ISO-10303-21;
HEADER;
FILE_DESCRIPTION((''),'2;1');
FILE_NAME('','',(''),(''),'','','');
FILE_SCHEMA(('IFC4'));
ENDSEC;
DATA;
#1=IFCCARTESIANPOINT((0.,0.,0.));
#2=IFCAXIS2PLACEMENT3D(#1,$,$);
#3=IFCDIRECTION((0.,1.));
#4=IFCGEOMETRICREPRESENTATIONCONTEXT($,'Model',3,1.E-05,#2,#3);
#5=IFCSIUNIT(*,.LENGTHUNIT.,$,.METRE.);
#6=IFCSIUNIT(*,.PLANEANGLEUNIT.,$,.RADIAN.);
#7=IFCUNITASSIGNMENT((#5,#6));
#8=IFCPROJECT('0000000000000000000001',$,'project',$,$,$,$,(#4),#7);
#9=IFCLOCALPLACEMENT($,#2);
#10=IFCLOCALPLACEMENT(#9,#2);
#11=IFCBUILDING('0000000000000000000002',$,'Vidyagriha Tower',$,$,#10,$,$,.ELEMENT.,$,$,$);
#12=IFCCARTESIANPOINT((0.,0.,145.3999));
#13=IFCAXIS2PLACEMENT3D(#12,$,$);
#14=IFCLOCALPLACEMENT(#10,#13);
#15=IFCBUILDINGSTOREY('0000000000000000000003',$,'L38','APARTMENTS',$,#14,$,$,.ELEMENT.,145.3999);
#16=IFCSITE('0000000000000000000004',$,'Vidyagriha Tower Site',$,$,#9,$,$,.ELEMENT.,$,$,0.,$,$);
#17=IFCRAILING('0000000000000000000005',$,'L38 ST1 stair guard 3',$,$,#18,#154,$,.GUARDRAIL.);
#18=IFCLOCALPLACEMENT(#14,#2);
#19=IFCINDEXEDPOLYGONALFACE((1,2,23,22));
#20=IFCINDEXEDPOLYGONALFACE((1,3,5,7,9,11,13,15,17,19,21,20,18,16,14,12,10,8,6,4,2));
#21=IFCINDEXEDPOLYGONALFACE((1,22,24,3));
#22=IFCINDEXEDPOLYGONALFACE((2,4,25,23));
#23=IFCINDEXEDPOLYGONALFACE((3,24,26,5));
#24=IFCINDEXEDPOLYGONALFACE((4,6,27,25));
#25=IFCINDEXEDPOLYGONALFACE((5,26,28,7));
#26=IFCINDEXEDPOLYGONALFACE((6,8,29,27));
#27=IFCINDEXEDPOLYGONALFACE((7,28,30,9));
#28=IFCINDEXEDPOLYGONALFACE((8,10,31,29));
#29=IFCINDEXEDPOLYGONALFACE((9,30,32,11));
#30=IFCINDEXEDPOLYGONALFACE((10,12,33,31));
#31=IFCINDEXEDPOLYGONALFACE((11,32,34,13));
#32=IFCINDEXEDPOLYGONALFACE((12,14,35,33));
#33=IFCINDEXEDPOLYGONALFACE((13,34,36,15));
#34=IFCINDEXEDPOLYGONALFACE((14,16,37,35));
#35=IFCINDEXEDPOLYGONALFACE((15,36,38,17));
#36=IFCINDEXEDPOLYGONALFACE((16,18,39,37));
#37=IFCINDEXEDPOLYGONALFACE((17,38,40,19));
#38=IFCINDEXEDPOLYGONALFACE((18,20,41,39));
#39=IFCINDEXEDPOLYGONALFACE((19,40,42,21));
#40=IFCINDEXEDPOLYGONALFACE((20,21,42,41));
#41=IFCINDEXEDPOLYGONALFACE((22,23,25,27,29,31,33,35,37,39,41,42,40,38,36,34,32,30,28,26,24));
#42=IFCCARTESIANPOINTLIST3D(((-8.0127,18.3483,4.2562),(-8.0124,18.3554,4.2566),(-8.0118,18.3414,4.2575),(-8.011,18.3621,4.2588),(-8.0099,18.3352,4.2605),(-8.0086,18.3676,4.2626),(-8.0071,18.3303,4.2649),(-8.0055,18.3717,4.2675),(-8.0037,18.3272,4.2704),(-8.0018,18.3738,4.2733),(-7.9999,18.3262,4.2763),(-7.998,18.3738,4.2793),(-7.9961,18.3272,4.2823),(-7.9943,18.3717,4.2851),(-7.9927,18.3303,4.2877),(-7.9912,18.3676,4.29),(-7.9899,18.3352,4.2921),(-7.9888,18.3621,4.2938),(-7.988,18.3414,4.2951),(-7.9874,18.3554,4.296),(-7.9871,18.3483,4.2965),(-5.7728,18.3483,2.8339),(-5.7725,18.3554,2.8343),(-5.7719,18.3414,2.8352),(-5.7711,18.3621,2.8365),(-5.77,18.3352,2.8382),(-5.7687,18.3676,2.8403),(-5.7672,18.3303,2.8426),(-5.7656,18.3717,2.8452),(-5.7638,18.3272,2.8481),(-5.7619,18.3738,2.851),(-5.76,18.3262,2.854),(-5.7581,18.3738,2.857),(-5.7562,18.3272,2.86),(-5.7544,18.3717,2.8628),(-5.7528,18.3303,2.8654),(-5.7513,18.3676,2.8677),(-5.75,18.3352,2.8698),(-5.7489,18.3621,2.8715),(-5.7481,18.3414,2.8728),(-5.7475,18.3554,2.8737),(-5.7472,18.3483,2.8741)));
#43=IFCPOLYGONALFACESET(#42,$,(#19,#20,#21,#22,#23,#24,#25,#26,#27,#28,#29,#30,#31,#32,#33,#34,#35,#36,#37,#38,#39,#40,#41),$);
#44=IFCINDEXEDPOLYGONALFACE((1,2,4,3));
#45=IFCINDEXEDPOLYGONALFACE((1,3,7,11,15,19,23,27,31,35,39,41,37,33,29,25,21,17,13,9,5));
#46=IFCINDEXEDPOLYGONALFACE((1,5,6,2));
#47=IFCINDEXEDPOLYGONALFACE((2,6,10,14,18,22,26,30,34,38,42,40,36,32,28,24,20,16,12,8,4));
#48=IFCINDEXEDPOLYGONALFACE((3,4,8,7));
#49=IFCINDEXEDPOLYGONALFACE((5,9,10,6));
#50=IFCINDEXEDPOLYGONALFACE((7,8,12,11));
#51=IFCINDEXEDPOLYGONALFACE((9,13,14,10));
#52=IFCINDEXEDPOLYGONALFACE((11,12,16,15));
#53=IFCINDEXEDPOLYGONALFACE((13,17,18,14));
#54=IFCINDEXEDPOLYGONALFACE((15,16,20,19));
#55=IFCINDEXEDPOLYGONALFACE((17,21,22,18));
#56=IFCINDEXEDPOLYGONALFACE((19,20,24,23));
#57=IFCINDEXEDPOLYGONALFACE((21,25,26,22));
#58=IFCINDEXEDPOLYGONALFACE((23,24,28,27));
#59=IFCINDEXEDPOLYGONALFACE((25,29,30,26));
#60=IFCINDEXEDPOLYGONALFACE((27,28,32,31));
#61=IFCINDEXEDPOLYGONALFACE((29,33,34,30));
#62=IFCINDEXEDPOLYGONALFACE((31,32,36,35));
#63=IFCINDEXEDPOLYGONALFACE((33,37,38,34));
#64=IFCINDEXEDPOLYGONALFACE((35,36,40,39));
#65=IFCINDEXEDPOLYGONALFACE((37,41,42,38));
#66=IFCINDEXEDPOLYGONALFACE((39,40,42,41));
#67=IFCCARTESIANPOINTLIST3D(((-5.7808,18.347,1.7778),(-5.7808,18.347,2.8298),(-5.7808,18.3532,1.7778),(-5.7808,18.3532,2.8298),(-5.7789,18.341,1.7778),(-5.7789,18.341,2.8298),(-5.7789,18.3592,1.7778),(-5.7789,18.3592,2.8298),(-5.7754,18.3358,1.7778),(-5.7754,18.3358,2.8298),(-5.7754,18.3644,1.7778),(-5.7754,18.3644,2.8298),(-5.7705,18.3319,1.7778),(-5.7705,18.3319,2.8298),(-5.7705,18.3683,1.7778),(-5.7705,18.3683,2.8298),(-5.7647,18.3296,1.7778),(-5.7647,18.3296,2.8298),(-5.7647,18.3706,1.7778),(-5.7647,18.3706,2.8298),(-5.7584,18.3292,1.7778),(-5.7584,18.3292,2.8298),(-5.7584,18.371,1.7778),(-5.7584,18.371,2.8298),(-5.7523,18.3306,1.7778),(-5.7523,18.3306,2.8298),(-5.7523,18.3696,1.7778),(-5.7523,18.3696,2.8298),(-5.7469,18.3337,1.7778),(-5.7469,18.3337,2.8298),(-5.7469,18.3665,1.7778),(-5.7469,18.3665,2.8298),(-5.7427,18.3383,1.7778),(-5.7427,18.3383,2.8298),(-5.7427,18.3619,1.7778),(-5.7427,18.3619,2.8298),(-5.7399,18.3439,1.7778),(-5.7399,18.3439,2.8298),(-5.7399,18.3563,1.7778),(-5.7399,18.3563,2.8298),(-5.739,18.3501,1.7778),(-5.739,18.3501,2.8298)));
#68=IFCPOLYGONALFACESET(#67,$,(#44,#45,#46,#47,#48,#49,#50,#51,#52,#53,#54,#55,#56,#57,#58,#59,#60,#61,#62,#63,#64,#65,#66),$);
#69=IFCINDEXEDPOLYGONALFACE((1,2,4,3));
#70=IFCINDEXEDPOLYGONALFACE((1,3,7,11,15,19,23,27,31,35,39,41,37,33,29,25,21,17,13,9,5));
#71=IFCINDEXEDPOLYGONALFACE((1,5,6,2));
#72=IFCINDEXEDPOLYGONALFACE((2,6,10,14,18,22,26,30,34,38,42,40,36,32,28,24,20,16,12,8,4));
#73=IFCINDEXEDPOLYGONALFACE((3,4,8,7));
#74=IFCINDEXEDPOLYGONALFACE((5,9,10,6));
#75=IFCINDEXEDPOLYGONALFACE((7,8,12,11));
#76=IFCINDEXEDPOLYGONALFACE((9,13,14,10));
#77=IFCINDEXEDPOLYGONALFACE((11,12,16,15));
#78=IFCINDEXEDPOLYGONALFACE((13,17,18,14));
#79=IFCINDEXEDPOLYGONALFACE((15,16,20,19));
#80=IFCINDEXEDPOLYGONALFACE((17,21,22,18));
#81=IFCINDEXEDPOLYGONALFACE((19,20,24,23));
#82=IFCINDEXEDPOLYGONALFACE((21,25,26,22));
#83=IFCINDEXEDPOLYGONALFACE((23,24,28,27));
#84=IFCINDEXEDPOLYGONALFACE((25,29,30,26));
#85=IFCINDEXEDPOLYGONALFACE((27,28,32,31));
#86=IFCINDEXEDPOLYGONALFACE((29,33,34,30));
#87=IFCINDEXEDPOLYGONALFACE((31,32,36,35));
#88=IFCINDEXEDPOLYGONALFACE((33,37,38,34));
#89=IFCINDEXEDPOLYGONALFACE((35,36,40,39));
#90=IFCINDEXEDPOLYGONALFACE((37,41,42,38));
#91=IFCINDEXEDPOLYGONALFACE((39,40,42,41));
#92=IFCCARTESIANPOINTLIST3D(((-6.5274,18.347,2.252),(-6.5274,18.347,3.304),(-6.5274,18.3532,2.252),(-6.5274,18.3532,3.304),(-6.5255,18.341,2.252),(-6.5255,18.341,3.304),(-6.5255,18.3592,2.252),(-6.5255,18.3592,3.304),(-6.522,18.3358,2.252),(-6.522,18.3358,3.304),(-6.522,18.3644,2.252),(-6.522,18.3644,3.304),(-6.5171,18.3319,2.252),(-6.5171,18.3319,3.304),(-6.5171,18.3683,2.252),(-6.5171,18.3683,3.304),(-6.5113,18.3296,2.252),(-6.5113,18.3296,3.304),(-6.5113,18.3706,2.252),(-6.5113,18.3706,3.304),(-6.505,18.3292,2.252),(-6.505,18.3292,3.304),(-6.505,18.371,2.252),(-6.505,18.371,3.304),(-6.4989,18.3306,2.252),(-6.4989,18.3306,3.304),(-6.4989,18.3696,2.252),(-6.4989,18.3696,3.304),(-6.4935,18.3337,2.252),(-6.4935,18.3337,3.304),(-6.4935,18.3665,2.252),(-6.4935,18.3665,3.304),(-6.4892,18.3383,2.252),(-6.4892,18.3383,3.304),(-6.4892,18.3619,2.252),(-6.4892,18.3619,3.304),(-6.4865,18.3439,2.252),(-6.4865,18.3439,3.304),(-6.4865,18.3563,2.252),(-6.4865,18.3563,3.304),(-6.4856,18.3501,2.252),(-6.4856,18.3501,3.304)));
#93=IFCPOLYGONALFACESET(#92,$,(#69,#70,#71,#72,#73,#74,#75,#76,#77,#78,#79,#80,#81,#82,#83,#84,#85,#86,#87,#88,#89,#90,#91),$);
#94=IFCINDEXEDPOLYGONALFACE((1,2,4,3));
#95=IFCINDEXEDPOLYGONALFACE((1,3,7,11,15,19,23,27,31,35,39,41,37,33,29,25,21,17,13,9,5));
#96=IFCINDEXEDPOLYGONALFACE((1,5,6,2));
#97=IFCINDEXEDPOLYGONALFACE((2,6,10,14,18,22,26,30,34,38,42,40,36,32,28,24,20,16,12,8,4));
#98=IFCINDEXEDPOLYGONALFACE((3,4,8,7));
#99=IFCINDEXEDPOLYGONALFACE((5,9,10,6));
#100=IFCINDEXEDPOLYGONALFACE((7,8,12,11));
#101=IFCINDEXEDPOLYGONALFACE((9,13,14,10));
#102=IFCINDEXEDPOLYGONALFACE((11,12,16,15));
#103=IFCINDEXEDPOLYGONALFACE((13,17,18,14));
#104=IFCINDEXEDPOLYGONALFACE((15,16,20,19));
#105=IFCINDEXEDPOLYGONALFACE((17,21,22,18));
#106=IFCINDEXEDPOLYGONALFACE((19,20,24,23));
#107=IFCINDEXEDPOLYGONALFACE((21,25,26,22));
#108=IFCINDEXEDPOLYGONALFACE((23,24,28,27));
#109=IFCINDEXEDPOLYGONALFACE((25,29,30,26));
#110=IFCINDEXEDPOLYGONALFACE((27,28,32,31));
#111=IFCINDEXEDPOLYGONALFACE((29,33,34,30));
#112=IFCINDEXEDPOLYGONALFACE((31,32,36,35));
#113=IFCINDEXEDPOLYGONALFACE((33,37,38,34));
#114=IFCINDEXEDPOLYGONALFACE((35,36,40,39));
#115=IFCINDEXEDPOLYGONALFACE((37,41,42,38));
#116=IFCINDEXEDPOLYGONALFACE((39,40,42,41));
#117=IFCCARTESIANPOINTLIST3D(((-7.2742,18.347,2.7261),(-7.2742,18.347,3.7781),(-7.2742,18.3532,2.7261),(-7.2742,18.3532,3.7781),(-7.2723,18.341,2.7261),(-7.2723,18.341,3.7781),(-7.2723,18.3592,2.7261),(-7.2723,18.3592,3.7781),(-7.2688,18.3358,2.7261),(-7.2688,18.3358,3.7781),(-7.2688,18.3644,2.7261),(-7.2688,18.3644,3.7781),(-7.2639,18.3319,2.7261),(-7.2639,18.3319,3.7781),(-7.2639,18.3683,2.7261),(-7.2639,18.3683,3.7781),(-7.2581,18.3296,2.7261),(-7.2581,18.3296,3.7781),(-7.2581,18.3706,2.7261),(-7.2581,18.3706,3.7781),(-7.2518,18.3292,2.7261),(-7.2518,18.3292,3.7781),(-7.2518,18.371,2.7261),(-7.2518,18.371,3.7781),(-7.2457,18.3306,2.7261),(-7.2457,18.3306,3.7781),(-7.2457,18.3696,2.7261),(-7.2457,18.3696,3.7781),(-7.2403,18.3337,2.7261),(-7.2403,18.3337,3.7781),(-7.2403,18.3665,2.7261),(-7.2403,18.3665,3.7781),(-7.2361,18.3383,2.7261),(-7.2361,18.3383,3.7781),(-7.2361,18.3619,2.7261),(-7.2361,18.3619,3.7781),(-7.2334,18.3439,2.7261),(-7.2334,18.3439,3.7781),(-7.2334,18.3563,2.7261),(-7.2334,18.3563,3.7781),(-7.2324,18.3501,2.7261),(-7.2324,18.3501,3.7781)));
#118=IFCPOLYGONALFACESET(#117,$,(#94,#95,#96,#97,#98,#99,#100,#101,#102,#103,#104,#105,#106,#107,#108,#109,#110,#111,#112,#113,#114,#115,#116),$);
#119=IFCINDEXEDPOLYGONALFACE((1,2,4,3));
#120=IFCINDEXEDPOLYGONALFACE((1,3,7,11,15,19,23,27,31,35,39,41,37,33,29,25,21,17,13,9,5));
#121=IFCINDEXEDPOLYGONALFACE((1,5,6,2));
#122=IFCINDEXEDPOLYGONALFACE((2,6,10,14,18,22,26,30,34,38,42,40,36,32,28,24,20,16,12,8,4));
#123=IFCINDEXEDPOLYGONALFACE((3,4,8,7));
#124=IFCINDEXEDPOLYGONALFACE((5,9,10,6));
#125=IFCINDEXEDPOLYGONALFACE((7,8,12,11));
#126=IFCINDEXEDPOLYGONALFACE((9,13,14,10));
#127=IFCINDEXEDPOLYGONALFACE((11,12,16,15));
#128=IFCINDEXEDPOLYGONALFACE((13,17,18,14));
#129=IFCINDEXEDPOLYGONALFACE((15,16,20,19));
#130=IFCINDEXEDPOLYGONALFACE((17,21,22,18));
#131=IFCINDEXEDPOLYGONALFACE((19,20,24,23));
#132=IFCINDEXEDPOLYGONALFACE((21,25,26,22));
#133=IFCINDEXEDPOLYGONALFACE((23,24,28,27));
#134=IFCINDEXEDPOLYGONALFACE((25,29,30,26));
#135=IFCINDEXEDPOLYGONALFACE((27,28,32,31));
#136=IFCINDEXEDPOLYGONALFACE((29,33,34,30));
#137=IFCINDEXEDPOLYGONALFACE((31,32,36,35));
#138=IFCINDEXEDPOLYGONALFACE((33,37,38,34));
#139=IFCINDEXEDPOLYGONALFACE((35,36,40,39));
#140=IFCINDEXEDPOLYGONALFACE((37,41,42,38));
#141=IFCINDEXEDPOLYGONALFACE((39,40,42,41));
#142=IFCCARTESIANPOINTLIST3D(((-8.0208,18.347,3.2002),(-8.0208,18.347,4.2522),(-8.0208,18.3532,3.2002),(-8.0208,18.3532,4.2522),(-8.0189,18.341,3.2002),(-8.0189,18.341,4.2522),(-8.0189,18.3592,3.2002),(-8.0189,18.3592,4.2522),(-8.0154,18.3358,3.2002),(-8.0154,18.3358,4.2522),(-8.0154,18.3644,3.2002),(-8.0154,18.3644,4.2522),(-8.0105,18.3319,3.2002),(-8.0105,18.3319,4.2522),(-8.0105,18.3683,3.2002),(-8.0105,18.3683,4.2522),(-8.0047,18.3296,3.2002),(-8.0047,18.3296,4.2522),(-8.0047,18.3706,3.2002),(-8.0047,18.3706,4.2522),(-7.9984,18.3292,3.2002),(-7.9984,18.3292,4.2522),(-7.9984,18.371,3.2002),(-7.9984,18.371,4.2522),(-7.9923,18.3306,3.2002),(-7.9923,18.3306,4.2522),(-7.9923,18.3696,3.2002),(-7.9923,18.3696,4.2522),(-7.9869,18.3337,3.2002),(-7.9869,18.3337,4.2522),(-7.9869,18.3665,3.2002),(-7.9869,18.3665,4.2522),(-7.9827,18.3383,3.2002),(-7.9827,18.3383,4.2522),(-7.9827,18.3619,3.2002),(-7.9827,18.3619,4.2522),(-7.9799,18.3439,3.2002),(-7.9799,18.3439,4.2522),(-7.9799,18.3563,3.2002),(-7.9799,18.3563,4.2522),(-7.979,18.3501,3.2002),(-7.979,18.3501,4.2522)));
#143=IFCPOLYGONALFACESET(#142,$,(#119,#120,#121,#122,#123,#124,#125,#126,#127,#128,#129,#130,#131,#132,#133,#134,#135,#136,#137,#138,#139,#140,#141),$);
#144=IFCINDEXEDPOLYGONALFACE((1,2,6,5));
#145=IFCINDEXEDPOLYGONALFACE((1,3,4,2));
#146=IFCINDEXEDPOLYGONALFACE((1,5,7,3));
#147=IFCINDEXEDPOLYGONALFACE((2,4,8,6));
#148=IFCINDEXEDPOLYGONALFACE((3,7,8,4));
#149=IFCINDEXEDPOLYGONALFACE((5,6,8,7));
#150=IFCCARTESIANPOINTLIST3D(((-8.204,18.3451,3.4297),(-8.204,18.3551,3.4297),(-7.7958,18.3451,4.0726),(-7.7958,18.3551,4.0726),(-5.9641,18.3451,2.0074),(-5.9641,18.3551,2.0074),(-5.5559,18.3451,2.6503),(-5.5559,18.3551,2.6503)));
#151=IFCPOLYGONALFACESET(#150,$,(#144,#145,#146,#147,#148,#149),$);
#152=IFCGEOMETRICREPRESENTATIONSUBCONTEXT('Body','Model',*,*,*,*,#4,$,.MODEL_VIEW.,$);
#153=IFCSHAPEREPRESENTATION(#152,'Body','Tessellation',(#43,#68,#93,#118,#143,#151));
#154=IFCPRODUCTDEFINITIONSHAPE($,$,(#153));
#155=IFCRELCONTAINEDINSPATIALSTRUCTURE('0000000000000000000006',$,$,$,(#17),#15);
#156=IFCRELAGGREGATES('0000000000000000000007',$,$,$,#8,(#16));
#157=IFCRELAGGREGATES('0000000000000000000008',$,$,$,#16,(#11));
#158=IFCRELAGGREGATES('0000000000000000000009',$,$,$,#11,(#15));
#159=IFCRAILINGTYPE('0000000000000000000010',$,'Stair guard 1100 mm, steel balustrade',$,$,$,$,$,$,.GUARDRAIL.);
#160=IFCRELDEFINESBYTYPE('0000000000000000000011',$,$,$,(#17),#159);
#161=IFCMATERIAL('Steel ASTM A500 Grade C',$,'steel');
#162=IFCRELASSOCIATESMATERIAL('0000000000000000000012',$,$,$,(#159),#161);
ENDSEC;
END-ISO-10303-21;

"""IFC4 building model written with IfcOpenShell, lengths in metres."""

from ifc_helpers import new_model, si_unit, direction, frame, origin, origin_2d, place, context, subcontext, project, spatial, rectangle, circle, extrude, material, type_object, element, save


model = new_model("IFC4")

# Units and contexts
model_context = context("Model", 3, precision=1e-05, world=origin(), true_north=direction((0.0, 1.0)))
body_context = subcontext(model_context, "Body", "Model", "MODEL_VIEW")
ifc_project = project(units=[si_unit("LENGTHUNIT", "METRE"), si_unit("PLANEANGLEUNIT", "RADIAN")], contexts=[model_context])

# Site, building, storey
site_placement = place(None, origin())
site = spatial("IfcSite", under=ifc_project, at=site_placement, Name="Vidyagriha Tower Site", CompositionType="ELEMENT", RefElevation=0.0)
building_placement = place(site_placement, origin())
building = spatial("IfcBuilding", under=site, at=building_placement, Name="Vidyagriha Tower", CompositionType="ELEMENT")
storey_placement = place(building_placement, frame((0.0, 0.0, 145.3999)))
storey = spatial("IfcBuildingStorey", under=building, at=storey_placement, Name="L38", Description="APARTMENTS", CompositionType="ELEMENT", Elevation=145.3999)

# Railing
ifc_material_1 = material(Name="Steel ASTM A500 Grade C", Category="steel")
railing_type_1 = type_object("IfcRailingType", Name="Stair guard 1100 mm, steel balustrade", PredefinedType="GUARDRAIL", material=ifc_material_1)
railing_1_placement = place(storey_placement, frame((-5.76, 18.3501, 1.7778)))
element("IfcRailing", 1, at=railing_1_placement, inside=storey, type_object=railing_type_1, Name="L38 ST1 stair guard 3", PredefinedType="GUARDRAIL", context=body_context, shape_type="SweptSolid", body=[
    extrude(circle(Radius=0.0239, at=origin_2d()), frame((0.0, 0.0, 1.0762), z_axis=(-0.844188, 0.0, 0.536048), x_axis=(0.0, -1.0, 0.0)), (0.0, 0.0, 1.0), 2.6533),
    extrude(circle(Radius=0.021, at=origin_2d()), origin(), (0.0, 0.0, 1.0), 1.052),
    extrude(circle(Radius=0.021, at=origin_2d()), frame((-0.7466, 0.0, 0.4741)), (0.0, 0.0, 1.0), 1.052),
    extrude(circle(Radius=0.021, at=origin_2d()), frame((-1.4934, 0.0, 0.9482)), (0.0, 0.0, 1.0), 1.052),
    extrude(circle(Radius=0.021, at=origin_2d()), frame((-2.24, 0.0, 1.4224)), (0.0, 0.0, 1.0), 1.052),
    extrude(rectangle(XDim=0.01, YDim=0.7615, at=origin_2d()), frame((0.0, 0.0, 0.551), z_axis=(-0.844188, 0.0, 0.536048), x_axis=(0.0, -1.0, 0.0)), (0.0, 0.0, 1.0), 2.6533),
])

save(model, "model.ifc")
